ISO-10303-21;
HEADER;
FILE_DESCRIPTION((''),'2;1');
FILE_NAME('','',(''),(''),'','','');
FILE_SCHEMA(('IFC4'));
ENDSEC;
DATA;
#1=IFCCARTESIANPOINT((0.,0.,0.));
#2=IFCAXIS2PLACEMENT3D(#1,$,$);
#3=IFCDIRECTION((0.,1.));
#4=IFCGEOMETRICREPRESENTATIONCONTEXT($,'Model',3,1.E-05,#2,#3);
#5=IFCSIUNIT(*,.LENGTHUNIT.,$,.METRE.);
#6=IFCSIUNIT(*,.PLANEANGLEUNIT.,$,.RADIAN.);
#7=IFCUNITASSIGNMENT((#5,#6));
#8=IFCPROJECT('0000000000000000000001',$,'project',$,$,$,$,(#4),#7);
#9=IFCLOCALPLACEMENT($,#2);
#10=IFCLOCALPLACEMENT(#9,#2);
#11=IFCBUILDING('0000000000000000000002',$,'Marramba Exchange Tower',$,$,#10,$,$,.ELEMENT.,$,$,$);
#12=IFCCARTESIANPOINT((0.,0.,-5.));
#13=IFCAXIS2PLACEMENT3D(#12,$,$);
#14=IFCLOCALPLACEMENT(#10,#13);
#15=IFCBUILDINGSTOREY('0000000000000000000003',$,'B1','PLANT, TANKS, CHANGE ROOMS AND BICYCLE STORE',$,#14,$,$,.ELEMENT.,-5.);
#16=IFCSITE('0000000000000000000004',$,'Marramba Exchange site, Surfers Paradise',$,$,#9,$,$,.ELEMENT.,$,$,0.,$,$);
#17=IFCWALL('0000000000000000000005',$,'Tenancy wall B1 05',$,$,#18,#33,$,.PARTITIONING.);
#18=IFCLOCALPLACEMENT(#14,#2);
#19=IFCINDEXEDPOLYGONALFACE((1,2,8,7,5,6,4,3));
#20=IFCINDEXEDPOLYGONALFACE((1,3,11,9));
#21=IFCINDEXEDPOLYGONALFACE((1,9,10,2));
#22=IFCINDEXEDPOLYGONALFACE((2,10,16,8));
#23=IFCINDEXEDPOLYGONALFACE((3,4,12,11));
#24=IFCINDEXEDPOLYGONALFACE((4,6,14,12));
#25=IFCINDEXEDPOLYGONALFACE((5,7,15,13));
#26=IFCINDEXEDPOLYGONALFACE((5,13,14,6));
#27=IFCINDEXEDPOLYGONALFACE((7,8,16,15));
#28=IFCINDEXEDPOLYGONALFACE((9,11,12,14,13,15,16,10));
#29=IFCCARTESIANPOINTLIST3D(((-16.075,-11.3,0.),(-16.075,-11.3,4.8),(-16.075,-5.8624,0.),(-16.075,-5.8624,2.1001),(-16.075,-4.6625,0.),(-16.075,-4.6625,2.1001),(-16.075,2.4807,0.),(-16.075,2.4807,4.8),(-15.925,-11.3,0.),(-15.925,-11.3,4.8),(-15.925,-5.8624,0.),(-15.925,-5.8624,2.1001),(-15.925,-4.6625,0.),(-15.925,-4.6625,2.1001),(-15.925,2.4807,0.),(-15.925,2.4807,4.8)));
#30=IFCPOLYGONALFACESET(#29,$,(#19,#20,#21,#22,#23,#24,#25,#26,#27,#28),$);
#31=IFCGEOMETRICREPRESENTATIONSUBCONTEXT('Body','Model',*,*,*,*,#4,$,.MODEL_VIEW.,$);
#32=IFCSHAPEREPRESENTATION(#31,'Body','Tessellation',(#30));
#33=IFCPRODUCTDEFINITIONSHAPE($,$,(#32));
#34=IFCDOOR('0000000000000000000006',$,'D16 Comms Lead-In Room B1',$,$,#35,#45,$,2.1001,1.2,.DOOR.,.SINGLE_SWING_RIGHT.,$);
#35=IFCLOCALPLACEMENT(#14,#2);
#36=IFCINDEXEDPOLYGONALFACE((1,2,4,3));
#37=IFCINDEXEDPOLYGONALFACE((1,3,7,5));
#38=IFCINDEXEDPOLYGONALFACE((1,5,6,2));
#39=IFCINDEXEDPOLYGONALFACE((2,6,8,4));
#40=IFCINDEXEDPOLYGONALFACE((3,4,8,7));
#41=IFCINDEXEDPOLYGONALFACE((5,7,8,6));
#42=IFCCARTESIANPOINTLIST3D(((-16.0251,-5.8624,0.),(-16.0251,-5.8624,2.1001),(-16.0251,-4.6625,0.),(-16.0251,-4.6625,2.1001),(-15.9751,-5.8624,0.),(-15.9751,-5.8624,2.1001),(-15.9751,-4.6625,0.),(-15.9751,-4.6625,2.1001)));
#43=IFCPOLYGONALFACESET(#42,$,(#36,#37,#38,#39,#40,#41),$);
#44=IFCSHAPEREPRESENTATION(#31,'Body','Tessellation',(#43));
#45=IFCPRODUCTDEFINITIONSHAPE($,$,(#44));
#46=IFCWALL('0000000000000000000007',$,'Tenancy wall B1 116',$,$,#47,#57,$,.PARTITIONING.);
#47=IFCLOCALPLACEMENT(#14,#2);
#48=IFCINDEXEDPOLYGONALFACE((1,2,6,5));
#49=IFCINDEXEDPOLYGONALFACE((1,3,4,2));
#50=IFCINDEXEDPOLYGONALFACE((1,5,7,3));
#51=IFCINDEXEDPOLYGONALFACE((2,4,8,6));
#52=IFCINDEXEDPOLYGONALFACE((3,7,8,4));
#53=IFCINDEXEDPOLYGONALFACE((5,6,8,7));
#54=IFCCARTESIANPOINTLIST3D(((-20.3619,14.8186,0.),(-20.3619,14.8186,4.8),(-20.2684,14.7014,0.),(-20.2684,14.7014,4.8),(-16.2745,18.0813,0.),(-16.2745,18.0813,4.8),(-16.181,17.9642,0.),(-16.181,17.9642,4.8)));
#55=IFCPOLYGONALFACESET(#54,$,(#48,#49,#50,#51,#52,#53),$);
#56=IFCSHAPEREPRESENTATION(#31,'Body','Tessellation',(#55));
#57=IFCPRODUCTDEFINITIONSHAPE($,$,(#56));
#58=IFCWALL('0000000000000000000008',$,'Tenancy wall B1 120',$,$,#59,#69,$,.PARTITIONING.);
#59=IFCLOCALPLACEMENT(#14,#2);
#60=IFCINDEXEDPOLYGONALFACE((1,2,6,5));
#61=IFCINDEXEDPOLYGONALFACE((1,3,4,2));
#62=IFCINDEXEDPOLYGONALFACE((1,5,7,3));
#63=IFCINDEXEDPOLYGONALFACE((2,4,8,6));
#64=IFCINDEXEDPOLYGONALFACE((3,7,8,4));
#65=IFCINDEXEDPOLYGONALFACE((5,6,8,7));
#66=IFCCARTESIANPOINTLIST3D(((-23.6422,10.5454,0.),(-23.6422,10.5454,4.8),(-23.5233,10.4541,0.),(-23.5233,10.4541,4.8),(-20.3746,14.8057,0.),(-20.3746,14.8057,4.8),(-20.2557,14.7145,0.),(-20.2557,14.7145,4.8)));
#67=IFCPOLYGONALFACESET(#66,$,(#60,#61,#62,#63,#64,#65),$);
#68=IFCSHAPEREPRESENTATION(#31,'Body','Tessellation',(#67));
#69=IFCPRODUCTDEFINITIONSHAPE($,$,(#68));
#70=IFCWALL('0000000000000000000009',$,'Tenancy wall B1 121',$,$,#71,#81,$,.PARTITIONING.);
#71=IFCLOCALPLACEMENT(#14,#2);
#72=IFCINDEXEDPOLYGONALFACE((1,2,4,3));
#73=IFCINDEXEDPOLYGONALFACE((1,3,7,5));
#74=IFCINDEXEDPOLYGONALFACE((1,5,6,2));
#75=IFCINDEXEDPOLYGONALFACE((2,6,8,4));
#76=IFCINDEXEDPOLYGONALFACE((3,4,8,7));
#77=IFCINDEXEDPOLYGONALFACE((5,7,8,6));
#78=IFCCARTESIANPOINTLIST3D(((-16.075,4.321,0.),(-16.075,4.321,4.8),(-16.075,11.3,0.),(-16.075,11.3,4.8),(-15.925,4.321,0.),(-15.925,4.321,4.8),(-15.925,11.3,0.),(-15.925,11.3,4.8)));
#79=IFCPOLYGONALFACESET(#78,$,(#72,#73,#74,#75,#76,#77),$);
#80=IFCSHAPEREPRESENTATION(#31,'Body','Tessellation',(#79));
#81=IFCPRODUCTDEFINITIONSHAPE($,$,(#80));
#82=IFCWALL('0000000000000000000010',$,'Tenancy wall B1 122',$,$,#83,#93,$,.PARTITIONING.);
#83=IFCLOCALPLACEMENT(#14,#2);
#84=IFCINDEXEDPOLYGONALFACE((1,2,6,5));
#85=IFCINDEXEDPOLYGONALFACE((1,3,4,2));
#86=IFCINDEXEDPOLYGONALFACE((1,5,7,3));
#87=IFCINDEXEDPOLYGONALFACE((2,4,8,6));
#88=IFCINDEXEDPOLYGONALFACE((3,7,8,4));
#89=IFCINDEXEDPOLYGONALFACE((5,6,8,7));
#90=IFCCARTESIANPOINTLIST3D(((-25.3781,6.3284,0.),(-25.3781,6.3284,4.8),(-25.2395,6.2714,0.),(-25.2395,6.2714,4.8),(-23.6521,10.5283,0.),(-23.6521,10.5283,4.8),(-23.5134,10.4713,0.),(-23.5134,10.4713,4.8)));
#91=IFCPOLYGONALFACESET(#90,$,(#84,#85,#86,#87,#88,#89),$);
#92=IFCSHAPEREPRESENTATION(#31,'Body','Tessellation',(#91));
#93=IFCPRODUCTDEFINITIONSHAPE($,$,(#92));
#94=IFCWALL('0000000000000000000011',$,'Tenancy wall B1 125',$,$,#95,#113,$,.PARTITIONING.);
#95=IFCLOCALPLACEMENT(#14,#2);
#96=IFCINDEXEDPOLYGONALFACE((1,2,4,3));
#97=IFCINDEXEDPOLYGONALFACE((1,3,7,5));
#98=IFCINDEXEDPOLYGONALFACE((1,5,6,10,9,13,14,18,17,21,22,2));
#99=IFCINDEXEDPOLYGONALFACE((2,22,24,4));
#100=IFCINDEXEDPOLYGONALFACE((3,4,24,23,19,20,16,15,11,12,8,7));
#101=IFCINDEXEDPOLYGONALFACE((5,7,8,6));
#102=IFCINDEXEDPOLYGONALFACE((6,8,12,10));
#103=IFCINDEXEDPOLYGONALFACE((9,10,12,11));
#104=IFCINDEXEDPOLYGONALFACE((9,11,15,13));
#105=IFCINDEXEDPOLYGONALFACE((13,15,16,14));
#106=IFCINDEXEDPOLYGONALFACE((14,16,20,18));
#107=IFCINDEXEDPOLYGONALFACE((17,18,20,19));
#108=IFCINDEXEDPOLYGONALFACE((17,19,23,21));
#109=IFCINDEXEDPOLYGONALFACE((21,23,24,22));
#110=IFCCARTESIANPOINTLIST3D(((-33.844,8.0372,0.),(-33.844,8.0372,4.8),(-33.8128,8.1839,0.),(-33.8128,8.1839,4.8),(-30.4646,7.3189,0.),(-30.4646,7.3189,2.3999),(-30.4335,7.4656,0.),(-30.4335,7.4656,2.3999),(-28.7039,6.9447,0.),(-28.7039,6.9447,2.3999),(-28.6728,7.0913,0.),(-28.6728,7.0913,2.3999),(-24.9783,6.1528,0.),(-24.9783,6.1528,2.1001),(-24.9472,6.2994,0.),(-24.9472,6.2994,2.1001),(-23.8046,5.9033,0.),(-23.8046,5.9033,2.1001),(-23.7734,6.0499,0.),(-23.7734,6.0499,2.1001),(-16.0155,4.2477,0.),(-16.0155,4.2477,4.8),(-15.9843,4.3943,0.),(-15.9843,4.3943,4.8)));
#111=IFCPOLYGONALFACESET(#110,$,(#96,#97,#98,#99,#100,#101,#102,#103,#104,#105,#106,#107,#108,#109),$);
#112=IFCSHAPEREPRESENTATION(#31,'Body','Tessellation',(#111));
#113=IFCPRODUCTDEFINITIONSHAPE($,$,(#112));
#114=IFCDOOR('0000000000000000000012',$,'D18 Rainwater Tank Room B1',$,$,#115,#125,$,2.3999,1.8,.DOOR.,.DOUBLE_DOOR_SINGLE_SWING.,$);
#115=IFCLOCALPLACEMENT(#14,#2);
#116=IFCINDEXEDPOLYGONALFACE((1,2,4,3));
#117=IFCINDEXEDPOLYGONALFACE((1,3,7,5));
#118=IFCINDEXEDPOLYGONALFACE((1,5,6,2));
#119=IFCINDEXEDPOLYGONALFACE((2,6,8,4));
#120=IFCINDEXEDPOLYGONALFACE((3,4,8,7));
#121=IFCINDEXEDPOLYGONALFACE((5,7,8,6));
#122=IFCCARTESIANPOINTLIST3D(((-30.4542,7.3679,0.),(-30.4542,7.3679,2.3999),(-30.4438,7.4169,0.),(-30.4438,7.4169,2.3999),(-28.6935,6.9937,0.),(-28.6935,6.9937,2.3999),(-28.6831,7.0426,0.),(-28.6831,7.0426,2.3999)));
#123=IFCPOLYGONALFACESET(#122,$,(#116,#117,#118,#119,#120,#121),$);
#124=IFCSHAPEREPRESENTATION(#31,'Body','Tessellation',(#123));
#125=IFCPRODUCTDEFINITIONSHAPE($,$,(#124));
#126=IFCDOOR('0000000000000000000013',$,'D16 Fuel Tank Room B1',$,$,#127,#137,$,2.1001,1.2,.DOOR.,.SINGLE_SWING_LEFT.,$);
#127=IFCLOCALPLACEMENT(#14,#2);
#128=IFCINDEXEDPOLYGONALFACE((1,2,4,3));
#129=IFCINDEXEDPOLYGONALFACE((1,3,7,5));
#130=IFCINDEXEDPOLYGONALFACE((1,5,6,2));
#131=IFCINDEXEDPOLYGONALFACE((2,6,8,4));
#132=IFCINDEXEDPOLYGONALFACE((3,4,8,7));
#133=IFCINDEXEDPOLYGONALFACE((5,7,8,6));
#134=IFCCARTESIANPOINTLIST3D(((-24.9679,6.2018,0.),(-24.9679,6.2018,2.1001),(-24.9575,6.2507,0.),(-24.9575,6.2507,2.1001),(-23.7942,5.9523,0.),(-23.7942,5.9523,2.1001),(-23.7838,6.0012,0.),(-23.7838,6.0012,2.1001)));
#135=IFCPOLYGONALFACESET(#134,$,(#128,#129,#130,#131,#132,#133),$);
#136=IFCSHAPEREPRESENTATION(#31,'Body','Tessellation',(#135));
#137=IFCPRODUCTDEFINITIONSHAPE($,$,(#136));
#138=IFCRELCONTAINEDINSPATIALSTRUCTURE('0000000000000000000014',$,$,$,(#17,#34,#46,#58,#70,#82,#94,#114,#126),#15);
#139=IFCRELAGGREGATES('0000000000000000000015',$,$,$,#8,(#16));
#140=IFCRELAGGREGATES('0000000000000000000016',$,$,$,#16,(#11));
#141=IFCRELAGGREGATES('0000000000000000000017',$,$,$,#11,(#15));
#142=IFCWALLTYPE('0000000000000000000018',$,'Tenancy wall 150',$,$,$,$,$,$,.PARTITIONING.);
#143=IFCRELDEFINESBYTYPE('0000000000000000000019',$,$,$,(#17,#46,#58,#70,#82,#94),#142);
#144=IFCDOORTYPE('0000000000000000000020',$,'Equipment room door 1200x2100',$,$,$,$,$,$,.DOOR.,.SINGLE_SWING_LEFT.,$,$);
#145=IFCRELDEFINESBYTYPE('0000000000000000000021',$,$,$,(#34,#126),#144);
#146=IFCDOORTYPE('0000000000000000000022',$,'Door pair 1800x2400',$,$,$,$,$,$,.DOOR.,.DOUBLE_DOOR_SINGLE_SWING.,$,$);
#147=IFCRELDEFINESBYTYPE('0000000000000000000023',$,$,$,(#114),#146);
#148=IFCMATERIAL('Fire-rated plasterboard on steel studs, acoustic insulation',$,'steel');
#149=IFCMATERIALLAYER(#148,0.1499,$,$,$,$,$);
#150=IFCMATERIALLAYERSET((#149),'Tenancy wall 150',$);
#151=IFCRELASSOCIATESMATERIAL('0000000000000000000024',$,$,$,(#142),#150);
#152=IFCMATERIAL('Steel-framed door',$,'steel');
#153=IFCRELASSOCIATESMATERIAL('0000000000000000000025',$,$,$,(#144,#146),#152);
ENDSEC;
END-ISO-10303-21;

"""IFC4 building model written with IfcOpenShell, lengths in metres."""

from ifc_helpers import new_model, si_unit, direction, frame, frame_2d, origin, place, context, subcontext, project, spatial, rectangle, extrude, material, layer, layer_set, type_object, element, fill, save


model = new_model("IFC4")

# Units and contexts
model_context = context("Model", 3, precision=1e-05, world=origin(), true_north=direction((0.0, 1.0)))
body_context = subcontext(model_context, "Body", "Model", "MODEL_VIEW")
ifc_project = project(units=[si_unit("LENGTHUNIT", "METRE"), si_unit("PLANEANGLEUNIT", "RADIAN")], contexts=[model_context])

# Site, building, storey
site_placement = place(None, origin())
site = spatial("IfcSite", under=ifc_project, at=site_placement, Name="Marramba Exchange site, Surfers Paradise", CompositionType="ELEMENT", RefElevation=0.0)
building_placement = place(site_placement, origin())
building = spatial("IfcBuilding", under=site, at=building_placement, Name="Marramba Exchange Tower", CompositionType="ELEMENT")
storey_placement = place(building_placement, frame((0.0, 0.0, -5.0)))
storey = spatial("IfcBuildingStorey", under=building, at=storey_placement, Name="B1", Description="PLANT, TANKS, CHANGE ROOMS AND BICYCLE STORE", CompositionType="ELEMENT", Elevation=-5.0)

# Wall, opening, door
ifc_material_1 = material(Name="Fire-rated plasterboard on steel studs, acoustic insulation", Category="steel")
ifc_layer = layer(ifc_material_1, 0.1499)
ifc_layer_set = layer_set([ifc_layer], Name="Tenancy wall 150")
wall_type = type_object("IfcWallType", Name="Tenancy wall 150", PredefinedType="PARTITIONING", material=ifc_layer_set)
wall_1_placement = place(storey_placement, frame((-16.0, 2.4807, 0.0), z_axis=(0.0, 0.0, 1.0), x_axis=(0.0, -1.0, 0.0)))
wall_1 = element("IfcWall", 1, at=wall_1_placement, inside=storey, type_object=wall_type, Name="Tenancy wall B1 05", PredefinedType="PARTITIONING", context=body_context, shape_type="SweptSolid", body=[
    extrude(rectangle(XDim=13.7808, YDim=0.1499, at=frame_2d((6.8904, 0.0))), origin(), (0.0, 0.0, 1.0), 4.8),
])
opening_1_placement = place(wall_1_placement, frame((7.1431, 0.0, 0.0)))
opening_1 = element("IfcOpeningElement", 2, at=opening_1_placement, cuts=wall_1, PredefinedType="OPENING", context=body_context, shape_type="SweptSolid", body=[
    extrude(rectangle(XDim=1.2, YDim=2.1001, at=frame_2d((0.6001, 1.05))), frame((0.0, 0.085, 0.0), z_axis=(0.0, -1.0, 0.0), x_axis=(1.0, 0.0, 0.0)), (0.0, 0.0, 1.0), 0.1699),
])
ifc_material_2 = material(Name="Steel-framed door", Category="steel")
door_type_1 = type_object("IfcDoorType", Name="Equipment room door 1200x2100", OperationType="SINGLE_SWING_LEFT", PredefinedType="DOOR", material=ifc_material_2)
door_1_placement = place(opening_1_placement, frame((1.2, 0.0, 0.0), z_axis=(0.0, 0.0, 1.0), x_axis=(-1.0, 0.0, 0.0)))
door_1 = element("IfcDoor", 3, at=door_1_placement, inside=storey, type_object=door_type_1, Name="D16 Comms Lead-In Room B1", OperationType="SINGLE_SWING_RIGHT", OverallHeight=2.1001, OverallWidth=1.2, PredefinedType="DOOR", context=body_context, shape_type="SweptSolid", body=[
    extrude(rectangle(XDim=1.2, YDim=2.1001, at=frame_2d((0.5999, 1.05))), frame((0.0, 0.0251, 0.0), z_axis=(0.0, -1.0, 0.0), x_axis=(1.0, 0.0, 0.0)), (0.0, 0.0, 1.0), 0.05),
])
fill(opening_1, door_1)

# Walls
wall_2_placement = place(storey_placement, frame((-20.3152, 14.76, 0.0), z_axis=(0.0, 0.0, 1.0), x_axis=(0.781542, 0.623852, 0.0)))
element("IfcWall", 4, at=wall_2_placement, inside=storey, type_object=wall_type, Name="Tenancy wall B1 116", PredefinedType="PARTITIONING", context=body_context, shape_type="SweptSolid", body=[
    extrude(rectangle(XDim=5.23, YDim=0.1499, at=frame_2d((2.615, 0.0))), origin(), (0.0, 0.0, 1.0), 4.8),
])
wall_3_placement = place(storey_placement, frame((-23.5828, 10.4998, 0.0), z_axis=(0.0, 0.0, 1.0), x_axis=(0.608594, 0.793482, 0.0)))
element("IfcWall", 5, at=wall_3_placement, inside=storey, type_object=wall_type, Name="Tenancy wall B1 120", PredefinedType="PARTITIONING", context=body_context, shape_type="SweptSolid", body=[
    extrude(rectangle(XDim=5.3691, YDim=0.1499, at=frame_2d((2.6846, 0.0))), origin(), (0.0, 0.0, 1.0), 4.8),
])
wall_4_placement = place(storey_placement, frame((-16.0, 11.3, 0.0), z_axis=(0.0, 0.0, 1.0), x_axis=(0.0, -1.0, 0.0)))
element("IfcWall", 6, at=wall_4_placement, inside=storey, type_object=wall_type, Name="Tenancy wall B1 121", PredefinedType="PARTITIONING", context=body_context, shape_type="SweptSolid", body=[
    extrude(rectangle(XDim=6.979, YDim=0.1499, at=frame_2d((3.4895, 0.0))), origin(), (0.0, 0.0, 1.0), 4.8),
])
wall_5_placement = place(storey_placement, frame((-25.3088, 6.2998, 0.0), z_axis=(0.0, 0.0, 1.0), x_axis=(0.380125, 0.924935, 0.0)))
element("IfcWall", 7, at=wall_5_placement, inside=storey, type_object=wall_type, Name="Tenancy wall B1 122", PredefinedType="PARTITIONING", context=body_context, shape_type="SweptSolid", body=[
    extrude(rectangle(XDim=4.5408, YDim=0.1499, at=frame_2d((2.2705, 0.0))), origin(), (0.0, 0.0, 1.0), 4.8),
])

# Wall, openings, doors
wall_6_placement = place(storey_placement, frame((-16.0, 4.321, 0.0), z_axis=(0.0, 0.0, 1.0), x_axis=(-0.978148, 0.20791, 0.0)))
wall_6 = element("IfcWall", 8, at=wall_6_placement, inside=storey, type_object=wall_type, Name="Tenancy wall B1 125", PredefinedType="PARTITIONING", context=body_context, shape_type="SweptSolid", body=[
    extrude(rectangle(XDim=18.2268, YDim=0.1499, at=frame_2d((9.1133, 0.0))), origin(), (0.0, 0.0, 1.0), 4.8),
])
opening_2_placement = place(wall_6_placement, frame((7.9629, 0.0, 0.0)))
opening_2 = element("IfcOpeningElement", 9, at=opening_2_placement, cuts=wall_6, PredefinedType="OPENING", context=body_context, shape_type="SweptSolid", body=[
    extrude(rectangle(XDim=1.2, YDim=2.1001, at=frame_2d((0.6001, 1.05))), frame((0.0, 0.085, 0.0), z_axis=(0.0, -1.0, 0.0), x_axis=(1.0, 0.0, 0.0)), (0.0, 0.0, 1.0), 0.1699),
])
opening_3_placement = place(wall_6_placement, frame((12.9719, 0.0, 0.0)))
opening_3 = element("IfcOpeningElement", 10, at=opening_3_placement, cuts=wall_6, PredefinedType="OPENING", context=body_context, shape_type="SweptSolid", body=[
    extrude(rectangle(XDim=1.8, YDim=2.3999, at=frame_2d((0.8999, 1.2))), frame((0.0, 0.085, 0.0), z_axis=(0.0, -1.0, 0.0), x_axis=(1.0, 0.0, 0.0)), (0.0, 0.0, 1.0), 0.1699),
])
door_type_2 = type_object("IfcDoorType", Name="Door pair 1800x2400", OperationType="DOUBLE_DOOR_SINGLE_SWING", PredefinedType="DOOR", material=ifc_material_2)
door_2_placement = place(opening_3_placement, origin())
door_2 = element("IfcDoor", 11, at=door_2_placement, inside=storey, type_object=door_type_2, Name="D18 Rainwater Tank Room B1", OperationType="DOUBLE_DOOR_SINGLE_SWING", OverallHeight=2.3999, OverallWidth=1.8, PredefinedType="DOOR", context=body_context, shape_type="SweptSolid", body=[
    extrude(rectangle(XDim=1.8, YDim=2.3999, at=frame_2d((0.8999, 1.2))), frame((0.0, 0.0249, 0.0), z_axis=(0.0, -1.0, 0.0), x_axis=(1.0, 0.0, 0.0)), (0.0, 0.0, 1.0), 0.05),
])
fill(opening_3, door_2)
door_3_placement = place(opening_2_placement, origin())
door_3 = element("IfcDoor", 12, at=door_3_placement, inside=storey, type_object=door_type_1, Name="D16 Fuel Tank Room B1", OperationType="SINGLE_SWING_LEFT", OverallHeight=2.1001, OverallWidth=1.2, PredefinedType="DOOR", context=body_context, shape_type="SweptSolid", body=[
    extrude(rectangle(XDim=1.2, YDim=2.1001, at=frame_2d((0.6001, 1.05))), frame((0.0, 0.0249, 0.0), z_axis=(0.0, -1.0, 0.0), x_axis=(1.0, 0.0, 0.0)), (0.0, 0.0, 1.0), 0.05),
])
fill(opening_2, door_3)

save(model, "model.ifc")
